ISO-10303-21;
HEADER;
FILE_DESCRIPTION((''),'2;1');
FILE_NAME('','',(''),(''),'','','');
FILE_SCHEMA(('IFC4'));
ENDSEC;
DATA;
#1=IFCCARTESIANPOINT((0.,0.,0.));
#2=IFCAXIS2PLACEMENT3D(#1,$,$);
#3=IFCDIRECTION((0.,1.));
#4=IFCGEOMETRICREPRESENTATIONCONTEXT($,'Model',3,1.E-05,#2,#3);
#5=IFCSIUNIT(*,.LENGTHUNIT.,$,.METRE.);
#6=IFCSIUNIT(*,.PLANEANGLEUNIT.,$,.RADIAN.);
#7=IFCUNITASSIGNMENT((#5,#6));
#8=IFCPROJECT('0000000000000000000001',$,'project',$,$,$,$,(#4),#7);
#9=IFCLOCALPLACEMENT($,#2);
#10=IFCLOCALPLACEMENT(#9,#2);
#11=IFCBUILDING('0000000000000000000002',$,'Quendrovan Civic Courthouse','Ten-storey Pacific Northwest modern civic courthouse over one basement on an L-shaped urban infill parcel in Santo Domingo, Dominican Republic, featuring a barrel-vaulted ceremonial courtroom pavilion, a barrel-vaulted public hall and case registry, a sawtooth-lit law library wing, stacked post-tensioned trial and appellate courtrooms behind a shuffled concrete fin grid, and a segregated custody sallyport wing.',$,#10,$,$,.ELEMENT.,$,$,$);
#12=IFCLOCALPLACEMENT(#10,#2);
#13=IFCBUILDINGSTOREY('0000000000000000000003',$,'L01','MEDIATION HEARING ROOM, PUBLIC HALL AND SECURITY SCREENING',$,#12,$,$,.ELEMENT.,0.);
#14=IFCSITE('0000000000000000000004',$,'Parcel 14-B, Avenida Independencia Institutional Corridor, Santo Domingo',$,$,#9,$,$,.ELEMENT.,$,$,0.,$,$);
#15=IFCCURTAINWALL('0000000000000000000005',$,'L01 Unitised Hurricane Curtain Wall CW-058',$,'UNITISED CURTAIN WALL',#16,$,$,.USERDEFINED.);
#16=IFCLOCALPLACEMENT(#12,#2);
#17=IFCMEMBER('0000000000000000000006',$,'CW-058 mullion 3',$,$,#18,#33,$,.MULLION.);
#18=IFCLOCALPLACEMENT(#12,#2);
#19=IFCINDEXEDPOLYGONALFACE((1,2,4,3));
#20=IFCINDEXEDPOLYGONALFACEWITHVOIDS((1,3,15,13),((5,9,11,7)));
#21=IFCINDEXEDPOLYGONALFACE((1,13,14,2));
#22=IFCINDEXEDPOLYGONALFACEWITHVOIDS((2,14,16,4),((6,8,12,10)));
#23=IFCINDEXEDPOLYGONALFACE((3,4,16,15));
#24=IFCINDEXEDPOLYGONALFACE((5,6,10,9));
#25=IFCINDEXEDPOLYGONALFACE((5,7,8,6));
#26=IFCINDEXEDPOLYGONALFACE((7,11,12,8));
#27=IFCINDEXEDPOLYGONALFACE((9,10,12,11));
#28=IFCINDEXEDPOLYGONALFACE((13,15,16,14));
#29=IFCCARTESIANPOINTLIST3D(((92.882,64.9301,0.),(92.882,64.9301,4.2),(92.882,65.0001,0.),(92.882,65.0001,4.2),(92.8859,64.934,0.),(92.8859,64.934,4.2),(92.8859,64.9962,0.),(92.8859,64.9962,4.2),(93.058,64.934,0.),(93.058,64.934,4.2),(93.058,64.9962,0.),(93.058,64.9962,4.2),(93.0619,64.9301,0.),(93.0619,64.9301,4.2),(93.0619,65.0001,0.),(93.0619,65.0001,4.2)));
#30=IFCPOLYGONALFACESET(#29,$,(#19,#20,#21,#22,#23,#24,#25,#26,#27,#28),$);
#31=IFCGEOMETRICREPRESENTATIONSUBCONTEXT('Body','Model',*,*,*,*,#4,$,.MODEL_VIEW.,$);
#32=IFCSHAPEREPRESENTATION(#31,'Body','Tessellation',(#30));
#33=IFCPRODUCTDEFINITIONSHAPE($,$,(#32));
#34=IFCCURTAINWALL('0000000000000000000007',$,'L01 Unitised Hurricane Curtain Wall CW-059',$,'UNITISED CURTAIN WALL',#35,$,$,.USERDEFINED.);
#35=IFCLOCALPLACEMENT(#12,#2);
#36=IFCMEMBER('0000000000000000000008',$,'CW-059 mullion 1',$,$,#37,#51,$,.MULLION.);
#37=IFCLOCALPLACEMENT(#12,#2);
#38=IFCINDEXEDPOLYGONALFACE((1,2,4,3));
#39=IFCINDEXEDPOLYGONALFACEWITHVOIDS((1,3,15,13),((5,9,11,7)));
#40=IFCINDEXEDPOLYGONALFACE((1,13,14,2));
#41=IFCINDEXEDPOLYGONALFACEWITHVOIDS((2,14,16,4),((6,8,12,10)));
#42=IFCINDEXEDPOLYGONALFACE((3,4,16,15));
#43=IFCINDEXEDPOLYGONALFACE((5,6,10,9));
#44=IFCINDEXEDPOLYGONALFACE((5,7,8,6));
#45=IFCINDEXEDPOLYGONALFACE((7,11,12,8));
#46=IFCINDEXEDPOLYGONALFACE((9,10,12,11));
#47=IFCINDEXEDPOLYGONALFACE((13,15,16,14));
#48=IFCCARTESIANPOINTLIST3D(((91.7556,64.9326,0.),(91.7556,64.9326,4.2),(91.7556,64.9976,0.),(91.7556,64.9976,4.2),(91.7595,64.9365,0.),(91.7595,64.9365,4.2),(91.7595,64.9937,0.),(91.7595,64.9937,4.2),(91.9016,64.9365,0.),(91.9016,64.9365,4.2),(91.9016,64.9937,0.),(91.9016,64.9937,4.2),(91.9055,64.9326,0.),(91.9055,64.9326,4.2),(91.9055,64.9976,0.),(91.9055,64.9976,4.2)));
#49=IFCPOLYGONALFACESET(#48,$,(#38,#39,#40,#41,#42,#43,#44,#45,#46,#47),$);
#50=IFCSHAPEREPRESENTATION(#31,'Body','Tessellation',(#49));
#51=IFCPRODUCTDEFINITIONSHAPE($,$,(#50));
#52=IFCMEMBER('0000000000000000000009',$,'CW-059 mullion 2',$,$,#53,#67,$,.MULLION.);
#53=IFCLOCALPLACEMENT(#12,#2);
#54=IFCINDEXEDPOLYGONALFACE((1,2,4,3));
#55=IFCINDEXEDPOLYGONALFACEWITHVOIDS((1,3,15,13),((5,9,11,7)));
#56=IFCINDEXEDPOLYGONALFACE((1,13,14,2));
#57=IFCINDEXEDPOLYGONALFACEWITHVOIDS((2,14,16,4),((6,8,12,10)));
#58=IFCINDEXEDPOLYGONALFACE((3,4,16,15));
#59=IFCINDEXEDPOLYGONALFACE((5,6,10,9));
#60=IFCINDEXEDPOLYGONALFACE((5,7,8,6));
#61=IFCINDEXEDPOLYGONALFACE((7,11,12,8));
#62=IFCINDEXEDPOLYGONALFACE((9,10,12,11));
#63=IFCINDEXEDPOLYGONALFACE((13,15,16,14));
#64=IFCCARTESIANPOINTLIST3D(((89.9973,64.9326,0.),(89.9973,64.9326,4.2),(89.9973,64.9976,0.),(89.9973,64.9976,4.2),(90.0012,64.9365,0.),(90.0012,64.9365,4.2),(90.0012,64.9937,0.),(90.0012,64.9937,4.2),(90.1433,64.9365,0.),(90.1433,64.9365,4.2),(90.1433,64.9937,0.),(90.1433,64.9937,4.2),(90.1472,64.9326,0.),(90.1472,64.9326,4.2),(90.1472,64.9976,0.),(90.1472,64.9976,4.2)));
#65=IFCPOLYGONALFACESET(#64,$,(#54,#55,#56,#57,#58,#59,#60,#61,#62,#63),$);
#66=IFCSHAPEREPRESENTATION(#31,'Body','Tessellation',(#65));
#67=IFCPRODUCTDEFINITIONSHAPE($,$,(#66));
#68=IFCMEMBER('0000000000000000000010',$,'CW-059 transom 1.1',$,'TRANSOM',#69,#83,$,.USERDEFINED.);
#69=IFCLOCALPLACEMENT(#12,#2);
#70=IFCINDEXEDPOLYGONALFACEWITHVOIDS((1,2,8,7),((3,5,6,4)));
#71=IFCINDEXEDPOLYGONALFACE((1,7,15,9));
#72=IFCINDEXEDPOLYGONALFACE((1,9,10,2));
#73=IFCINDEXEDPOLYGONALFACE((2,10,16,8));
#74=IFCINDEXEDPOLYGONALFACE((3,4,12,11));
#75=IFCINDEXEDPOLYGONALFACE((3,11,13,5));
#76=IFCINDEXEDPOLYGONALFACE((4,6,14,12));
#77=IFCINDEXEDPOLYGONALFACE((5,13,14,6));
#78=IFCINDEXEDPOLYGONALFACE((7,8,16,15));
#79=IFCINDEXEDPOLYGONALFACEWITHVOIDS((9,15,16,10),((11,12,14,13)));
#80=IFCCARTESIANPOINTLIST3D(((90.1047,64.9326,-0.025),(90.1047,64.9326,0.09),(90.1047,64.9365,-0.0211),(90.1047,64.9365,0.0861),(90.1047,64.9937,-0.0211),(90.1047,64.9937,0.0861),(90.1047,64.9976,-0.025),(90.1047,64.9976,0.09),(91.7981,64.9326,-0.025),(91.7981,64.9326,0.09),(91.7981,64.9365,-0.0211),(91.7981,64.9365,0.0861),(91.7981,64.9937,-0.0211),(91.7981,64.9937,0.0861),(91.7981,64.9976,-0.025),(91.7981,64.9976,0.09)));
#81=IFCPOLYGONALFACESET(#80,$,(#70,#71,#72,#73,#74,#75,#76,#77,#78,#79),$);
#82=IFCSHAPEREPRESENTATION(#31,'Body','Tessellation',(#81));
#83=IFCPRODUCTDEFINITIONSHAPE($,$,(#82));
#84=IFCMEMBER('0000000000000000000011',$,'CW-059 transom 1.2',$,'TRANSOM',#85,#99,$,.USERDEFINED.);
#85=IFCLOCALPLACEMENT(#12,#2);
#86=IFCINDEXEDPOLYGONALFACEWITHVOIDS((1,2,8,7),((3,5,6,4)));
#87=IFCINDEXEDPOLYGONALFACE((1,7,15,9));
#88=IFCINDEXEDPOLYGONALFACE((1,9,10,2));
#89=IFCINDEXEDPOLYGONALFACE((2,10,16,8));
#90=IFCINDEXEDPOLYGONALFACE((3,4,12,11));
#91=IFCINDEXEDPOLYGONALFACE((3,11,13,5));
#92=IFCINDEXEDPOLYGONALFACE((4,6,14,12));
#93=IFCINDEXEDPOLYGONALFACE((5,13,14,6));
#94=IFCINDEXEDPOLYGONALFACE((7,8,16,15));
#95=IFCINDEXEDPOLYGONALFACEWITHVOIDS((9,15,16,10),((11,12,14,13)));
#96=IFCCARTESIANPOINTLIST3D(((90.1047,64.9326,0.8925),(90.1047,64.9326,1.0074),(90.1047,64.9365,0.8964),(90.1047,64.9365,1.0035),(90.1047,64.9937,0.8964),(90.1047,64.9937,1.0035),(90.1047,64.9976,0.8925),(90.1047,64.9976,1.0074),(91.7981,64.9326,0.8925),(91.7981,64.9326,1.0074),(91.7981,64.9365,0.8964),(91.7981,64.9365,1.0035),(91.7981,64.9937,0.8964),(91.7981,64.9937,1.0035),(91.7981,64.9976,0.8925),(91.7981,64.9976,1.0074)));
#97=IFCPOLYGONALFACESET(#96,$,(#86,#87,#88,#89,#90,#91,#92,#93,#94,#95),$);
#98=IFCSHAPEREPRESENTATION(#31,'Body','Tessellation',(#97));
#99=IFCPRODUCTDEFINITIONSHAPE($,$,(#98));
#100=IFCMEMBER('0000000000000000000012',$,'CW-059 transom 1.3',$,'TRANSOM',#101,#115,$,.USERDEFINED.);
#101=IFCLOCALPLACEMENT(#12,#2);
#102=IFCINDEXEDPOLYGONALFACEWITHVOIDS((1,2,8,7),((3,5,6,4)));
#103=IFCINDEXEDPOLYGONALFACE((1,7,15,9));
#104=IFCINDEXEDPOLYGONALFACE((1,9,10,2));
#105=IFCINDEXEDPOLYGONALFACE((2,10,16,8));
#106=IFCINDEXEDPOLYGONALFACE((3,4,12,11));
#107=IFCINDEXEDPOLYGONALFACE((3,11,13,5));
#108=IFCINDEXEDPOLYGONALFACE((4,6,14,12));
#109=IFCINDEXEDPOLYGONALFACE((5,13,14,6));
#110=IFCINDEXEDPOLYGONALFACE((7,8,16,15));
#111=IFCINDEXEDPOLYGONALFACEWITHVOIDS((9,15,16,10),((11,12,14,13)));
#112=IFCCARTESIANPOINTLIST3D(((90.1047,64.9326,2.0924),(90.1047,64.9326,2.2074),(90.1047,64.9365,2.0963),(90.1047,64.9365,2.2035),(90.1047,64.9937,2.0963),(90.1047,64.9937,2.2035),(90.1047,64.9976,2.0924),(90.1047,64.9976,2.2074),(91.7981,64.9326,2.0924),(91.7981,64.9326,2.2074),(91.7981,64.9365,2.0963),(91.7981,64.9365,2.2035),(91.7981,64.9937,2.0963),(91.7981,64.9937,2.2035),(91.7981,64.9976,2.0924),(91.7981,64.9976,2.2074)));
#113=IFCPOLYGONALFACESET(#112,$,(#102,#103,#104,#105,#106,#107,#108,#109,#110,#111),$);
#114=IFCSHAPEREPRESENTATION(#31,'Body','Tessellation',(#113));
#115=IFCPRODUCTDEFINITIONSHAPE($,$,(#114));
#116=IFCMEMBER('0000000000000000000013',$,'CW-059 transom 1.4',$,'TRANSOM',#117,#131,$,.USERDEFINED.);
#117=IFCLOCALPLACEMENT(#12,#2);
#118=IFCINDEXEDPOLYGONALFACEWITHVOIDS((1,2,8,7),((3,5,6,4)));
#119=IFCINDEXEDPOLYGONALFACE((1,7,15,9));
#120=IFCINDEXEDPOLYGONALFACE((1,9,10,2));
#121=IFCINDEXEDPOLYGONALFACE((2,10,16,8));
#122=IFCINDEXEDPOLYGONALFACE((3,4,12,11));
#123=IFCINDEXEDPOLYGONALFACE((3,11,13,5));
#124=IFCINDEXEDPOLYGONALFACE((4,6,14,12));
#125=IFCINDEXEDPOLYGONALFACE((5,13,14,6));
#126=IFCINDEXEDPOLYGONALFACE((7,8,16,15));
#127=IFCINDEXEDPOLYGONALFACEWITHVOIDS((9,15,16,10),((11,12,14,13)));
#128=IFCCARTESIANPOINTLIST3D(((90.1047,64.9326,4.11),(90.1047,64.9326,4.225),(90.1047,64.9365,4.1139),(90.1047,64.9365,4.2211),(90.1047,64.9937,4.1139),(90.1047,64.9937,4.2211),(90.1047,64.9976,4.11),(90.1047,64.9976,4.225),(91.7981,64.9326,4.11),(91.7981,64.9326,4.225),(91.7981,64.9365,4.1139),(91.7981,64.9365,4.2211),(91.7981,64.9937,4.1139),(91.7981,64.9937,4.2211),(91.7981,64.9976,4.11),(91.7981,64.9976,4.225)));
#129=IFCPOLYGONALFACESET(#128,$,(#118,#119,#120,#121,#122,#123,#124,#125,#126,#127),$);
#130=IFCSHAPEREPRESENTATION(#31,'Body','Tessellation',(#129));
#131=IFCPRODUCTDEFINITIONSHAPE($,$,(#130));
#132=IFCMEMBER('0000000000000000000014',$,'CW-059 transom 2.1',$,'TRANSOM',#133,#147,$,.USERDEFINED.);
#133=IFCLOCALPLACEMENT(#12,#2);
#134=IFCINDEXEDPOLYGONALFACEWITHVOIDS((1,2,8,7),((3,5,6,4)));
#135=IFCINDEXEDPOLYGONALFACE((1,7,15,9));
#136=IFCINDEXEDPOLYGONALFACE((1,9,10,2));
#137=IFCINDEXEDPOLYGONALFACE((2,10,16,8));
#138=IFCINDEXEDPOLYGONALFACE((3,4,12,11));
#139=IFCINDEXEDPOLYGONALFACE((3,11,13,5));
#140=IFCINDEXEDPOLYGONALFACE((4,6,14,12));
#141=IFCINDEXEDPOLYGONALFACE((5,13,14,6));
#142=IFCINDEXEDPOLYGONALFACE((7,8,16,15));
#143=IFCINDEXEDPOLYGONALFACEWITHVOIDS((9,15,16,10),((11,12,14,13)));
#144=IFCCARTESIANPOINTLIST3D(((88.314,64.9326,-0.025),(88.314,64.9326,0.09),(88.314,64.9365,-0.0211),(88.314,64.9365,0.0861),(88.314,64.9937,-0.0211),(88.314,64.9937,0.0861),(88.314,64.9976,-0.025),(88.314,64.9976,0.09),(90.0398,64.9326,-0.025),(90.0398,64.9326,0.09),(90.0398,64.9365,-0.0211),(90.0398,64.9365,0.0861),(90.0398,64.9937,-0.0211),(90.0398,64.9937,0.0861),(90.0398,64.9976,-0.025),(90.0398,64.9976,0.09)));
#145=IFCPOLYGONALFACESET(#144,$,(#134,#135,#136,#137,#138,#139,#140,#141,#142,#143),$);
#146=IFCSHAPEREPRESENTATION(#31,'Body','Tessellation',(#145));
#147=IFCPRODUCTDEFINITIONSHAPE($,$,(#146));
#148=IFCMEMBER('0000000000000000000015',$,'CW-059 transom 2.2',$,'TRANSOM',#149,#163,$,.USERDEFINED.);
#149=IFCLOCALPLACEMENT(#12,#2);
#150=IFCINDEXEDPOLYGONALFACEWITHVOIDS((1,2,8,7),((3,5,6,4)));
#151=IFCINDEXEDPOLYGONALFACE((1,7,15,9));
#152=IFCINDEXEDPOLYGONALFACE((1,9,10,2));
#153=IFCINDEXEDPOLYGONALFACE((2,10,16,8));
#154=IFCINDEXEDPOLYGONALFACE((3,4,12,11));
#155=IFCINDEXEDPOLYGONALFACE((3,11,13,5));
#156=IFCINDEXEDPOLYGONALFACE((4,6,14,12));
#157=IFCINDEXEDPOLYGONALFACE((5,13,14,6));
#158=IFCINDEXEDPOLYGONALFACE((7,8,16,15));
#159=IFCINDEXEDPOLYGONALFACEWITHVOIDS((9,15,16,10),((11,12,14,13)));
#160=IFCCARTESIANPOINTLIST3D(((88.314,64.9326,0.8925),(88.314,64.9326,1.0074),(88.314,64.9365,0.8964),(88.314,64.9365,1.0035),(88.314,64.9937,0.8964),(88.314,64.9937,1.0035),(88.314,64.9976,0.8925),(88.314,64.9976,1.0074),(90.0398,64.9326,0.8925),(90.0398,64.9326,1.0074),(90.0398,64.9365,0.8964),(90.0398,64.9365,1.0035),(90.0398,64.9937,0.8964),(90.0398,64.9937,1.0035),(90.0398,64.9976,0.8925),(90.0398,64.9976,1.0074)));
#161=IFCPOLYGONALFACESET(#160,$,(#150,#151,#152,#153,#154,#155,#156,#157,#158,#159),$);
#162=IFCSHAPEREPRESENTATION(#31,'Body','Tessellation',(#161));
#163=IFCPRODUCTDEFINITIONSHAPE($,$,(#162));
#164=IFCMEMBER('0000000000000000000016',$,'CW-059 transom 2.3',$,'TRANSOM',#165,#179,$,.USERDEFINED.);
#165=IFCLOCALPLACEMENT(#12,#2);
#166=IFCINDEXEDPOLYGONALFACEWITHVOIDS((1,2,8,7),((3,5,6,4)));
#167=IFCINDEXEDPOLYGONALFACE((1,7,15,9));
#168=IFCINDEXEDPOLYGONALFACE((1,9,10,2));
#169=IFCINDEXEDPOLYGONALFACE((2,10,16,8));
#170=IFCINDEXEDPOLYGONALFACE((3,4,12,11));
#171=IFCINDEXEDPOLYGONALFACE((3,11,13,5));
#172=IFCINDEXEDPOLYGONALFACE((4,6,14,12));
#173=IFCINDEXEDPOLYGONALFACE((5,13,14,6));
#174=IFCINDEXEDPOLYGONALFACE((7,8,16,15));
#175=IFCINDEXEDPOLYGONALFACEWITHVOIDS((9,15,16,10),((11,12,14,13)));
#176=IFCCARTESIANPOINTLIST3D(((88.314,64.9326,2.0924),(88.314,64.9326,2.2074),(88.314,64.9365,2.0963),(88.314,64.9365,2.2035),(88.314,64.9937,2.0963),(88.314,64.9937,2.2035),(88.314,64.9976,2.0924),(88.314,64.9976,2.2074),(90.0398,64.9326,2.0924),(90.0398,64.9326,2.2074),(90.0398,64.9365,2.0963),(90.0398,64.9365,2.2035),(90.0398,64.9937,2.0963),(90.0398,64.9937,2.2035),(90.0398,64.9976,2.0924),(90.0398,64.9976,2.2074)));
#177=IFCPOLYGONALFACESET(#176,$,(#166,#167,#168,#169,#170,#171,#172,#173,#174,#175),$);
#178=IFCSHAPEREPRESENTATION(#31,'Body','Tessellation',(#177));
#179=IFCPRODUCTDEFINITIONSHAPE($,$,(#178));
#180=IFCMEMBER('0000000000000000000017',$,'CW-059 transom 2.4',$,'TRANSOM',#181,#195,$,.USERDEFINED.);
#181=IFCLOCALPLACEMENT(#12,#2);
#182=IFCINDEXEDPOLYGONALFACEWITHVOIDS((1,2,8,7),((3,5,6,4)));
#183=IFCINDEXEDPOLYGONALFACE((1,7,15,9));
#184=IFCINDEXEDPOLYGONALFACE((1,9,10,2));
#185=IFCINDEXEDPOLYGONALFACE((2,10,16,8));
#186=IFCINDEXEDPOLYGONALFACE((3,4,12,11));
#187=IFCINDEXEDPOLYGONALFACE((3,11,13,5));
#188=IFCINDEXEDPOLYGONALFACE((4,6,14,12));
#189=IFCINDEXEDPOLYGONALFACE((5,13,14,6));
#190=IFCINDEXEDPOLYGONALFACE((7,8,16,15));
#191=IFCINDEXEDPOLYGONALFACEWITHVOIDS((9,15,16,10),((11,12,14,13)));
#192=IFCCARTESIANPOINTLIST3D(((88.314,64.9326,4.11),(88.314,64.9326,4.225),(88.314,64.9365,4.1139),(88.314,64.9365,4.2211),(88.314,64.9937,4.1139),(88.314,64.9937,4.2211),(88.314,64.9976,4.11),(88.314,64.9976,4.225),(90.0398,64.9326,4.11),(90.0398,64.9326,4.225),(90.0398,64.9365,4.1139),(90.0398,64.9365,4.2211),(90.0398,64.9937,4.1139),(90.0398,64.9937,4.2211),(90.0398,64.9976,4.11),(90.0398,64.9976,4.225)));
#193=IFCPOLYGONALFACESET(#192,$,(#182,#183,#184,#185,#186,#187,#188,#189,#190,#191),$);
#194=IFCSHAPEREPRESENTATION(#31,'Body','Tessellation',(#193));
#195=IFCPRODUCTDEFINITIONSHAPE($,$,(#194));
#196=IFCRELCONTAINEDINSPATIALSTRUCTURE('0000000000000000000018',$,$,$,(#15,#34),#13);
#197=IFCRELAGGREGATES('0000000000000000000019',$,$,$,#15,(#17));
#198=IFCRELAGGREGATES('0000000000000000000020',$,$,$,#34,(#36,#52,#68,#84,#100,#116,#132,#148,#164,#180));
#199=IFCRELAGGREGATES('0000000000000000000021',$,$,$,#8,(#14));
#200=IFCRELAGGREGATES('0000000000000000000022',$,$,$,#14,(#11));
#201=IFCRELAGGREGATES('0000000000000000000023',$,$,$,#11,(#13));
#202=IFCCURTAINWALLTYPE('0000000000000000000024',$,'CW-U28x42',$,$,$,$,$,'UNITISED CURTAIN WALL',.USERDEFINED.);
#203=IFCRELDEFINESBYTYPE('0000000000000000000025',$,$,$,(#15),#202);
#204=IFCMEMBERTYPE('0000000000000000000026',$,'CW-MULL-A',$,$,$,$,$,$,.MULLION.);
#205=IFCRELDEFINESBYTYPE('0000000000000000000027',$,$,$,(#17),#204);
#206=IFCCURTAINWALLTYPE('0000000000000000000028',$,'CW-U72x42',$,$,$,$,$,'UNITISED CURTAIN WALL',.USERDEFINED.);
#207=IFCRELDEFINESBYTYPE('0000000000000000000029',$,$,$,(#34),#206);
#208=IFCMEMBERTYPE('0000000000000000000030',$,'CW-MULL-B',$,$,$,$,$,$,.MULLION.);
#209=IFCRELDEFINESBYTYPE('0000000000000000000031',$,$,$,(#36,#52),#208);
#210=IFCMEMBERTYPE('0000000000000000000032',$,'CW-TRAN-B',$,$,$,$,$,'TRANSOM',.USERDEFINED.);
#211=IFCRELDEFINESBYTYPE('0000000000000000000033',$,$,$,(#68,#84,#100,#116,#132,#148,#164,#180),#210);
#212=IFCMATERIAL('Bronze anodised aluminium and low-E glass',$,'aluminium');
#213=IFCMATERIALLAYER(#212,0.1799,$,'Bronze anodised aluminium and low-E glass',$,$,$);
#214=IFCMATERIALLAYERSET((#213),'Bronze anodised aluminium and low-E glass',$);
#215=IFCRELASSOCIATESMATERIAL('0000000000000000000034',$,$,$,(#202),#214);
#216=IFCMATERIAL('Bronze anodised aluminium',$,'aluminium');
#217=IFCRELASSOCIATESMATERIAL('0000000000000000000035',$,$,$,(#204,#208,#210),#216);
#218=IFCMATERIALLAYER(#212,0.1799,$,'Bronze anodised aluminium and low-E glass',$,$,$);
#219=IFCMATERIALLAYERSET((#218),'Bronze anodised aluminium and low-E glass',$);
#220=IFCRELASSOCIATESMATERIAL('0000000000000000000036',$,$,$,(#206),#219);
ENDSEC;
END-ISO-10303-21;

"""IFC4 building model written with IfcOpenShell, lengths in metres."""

from ifc_helpers import new_model, si_unit, direction, frame, origin, origin_2d, place, context, subcontext, project, spatial, hollow_rectangle, extrude, material, layer, layer_set, material_profile, profile_set, type_object, element, aggregate, save


model = new_model("IFC4")

# Units and contexts
model_context = context("Model", 3, precision=1e-05, world=origin(), true_north=direction((0.0, 1.0)))
body_context = subcontext(model_context, "Body", "Model", "MODEL_VIEW")
ifc_project = project(units=[si_unit("LENGTHUNIT", "METRE"), si_unit("PLANEANGLEUNIT", "RADIAN")], contexts=[model_context])

# Site, building, storey
site_placement = place(None, origin())
site = spatial("IfcSite", under=ifc_project, at=site_placement, Name="Parcel 14-B, Avenida Independencia Institutional Corridor, Santo Domingo", CompositionType="ELEMENT", RefElevation=0.0)
building_placement = place(site_placement, origin())
building = spatial("IfcBuilding", under=site, at=building_placement, Name="Quendrovan Civic Courthouse", Description="Ten-storey Pacific Northwest modern civic courthouse over one basement on an L-shaped urban infill parcel in Santo Domingo, Dominican Republic, featuring a barrel-vaulted ceremonial courtroom pavilion, a barrel-vaulted public hall and case registry, a sawtooth-lit law library wing, stacked post-tensioned trial and appellate courtrooms behind a shuffled concrete fin grid, and a segregated custody sallyport wing.", CompositionType="ELEMENT")
storey_placement = place(building_placement, origin())
storey = spatial("IfcBuildingStorey", under=building, at=storey_placement, Name="L01", Description="MEDIATION HEARING ROOM, PUBLIC HALL AND SECURITY SCREENING", CompositionType="ELEMENT", Elevation=0.0)

# Curtain wall, member
ifc_material_1 = material(Name="Bronze anodised aluminium and low-E glass", Category="aluminium")
ifc_layer_1 = layer(ifc_material_1, 0.1799, Name="Bronze anodised aluminium and low-E glass")
ifc_layer_set_1 = layer_set([ifc_layer_1], Name="Bronze anodised aluminium and low-E glass")
curtain_wall_type_1 = type_object("IfcCurtainWallType", Name="CW-U28x42", ElementType="UNITISED CURTAIN WALL", PredefinedType="USERDEFINED", material=ifc_layer_set_1)
curtain_wall_1_placement = place(storey_placement, origin())
curtain_wall_1 = element("IfcCurtainWall", 1, at=curtain_wall_1_placement, inside=storey, type_object=curtain_wall_type_1, Name="L01 Unitised Hurricane Curtain Wall CW-058", ObjectType="UNITISED CURTAIN WALL", PredefinedType="USERDEFINED")
ifc_material_2 = material(Name="Bronze anodised aluminium", Category="aluminium")
ifc_material_profile_1 = material_profile(ifc_material_2, hollow_rectangle(XDim=0.0701, YDim=0.1799, WallThickness=0.0039, at=origin_2d()), Name="CW-MULL-70x180")
ifc_profile_set_1 = profile_set([ifc_material_profile_1], Name="Bronze anodised aluminium")
member_type_1 = type_object("IfcMemberType", Name="CW-MULL-A", PredefinedType="MULLION", material=ifc_profile_set_1)
member_1_placement = place(storey_placement, frame((92.9719, 64.9651, 0.0), z_axis=(0.0, 0.0, 1.0), x_axis=(0.0, -1.0, 0.0)))
member_1 = element("IfcMember", 2, at=member_1_placement, type_object=member_type_1, Name="CW-058 mullion 3", PredefinedType="MULLION", context=body_context, shape_type="SweptSolid", body=[
    extrude(hollow_rectangle(XDim=0.0701, YDim=0.1799, WallThickness=0.0039, at=origin_2d()), origin(), (0.0, 0.0, 1.0), 4.2),
])

# Curtain wall, members
ifc_layer_2 = layer(ifc_material_1, 0.1799, Name="Bronze anodised aluminium and low-E glass")
ifc_layer_set_2 = layer_set([ifc_layer_2], Name="Bronze anodised aluminium and low-E glass")
curtain_wall_type_2 = type_object("IfcCurtainWallType", Name="CW-U72x42", ElementType="UNITISED CURTAIN WALL", PredefinedType="USERDEFINED", material=ifc_layer_set_2)
curtain_wall_2_placement = place(storey_placement, origin())
curtain_wall_2 = element("IfcCurtainWall", 3, at=curtain_wall_2_placement, inside=storey, type_object=curtain_wall_type_2, Name="L01 Unitised Hurricane Curtain Wall CW-059", ObjectType="UNITISED CURTAIN WALL", PredefinedType="USERDEFINED")
ifc_material_profile_2 = material_profile(ifc_material_2, hollow_rectangle(XDim=0.0649, YDim=0.1499, WallThickness=0.0039, at=origin_2d()), Name="CW-MULL-65x150")
ifc_profile_set_2 = profile_set([ifc_material_profile_2], Name="Bronze anodised aluminium")
member_type_2 = type_object("IfcMemberType", Name="CW-MULL-B", PredefinedType="MULLION", material=ifc_profile_set_2)
member_2_placement = place(storey_placement, frame((91.8306, 64.9651, 0.0), z_axis=(0.0, 0.0, 1.0), x_axis=(0.0, -1.0, 0.0)))
member_2 = element("IfcMember", 4, at=member_2_placement, type_object=member_type_2, Name="CW-059 mullion 1", PredefinedType="MULLION", context=body_context, shape_type="SweptSolid", body=[
    extrude(hollow_rectangle(XDim=0.0649, YDim=0.1499, WallThickness=0.0039, at=origin_2d()), origin(), (0.0, 0.0, 1.0), 4.2),
])
member_3_placement = place(storey_placement, frame((90.0723, 64.9651, 0.0), z_axis=(0.0, 0.0, 1.0), x_axis=(0.0, -1.0, 0.0)))
member_3 = element("IfcMember", 5, at=member_3_placement, type_object=member_type_2, Name="CW-059 mullion 2", PredefinedType="MULLION", context=body_context, shape_type="SweptSolid", body=[
    extrude(hollow_rectangle(XDim=0.0649, YDim=0.1499, WallThickness=0.0039, at=origin_2d()), origin(), (0.0, 0.0, 1.0), 4.2),
])
ifc_material_profile_3 = material_profile(ifc_material_2, hollow_rectangle(XDim=0.0649, YDim=0.115, WallThickness=0.0039, at=origin_2d()), Name="CW-TRAN-65x115")
ifc_profile_set_3 = profile_set([ifc_material_profile_3], Name="Bronze anodised aluminium")
member_type_3 = type_object("IfcMemberType", Name="CW-TRAN-B", ElementType="TRANSOM", PredefinedType="USERDEFINED", material=ifc_profile_set_3)
member_4_placement = place(storey_placement, frame((91.7981, 64.9651, 0.0325), z_axis=(-1.0, 0.0, 0.0), x_axis=(0.0, -1.0, 0.0)))
member_4 = element("IfcMember", 6, at=member_4_placement, type_object=member_type_3, Name="CW-059 transom 1.1", ObjectType="TRANSOM", PredefinedType="USERDEFINED", context=body_context, shape_type="SweptSolid", body=[
    extrude(hollow_rectangle(XDim=0.0649, YDim=0.115, WallThickness=0.0039, at=origin_2d()), origin(), (0.0, 0.0, 1.0), 1.6934),
])
member_5_placement = place(storey_placement, frame((91.7981, 64.9651, 0.95), z_axis=(-1.0, 0.0, 0.0), x_axis=(0.0, -1.0, 0.0)))
member_5 = element("IfcMember", 7, at=member_5_placement, type_object=member_type_3, Name="CW-059 transom 1.2", ObjectType="TRANSOM", PredefinedType="USERDEFINED", context=body_context, shape_type="SweptSolid", body=[
    extrude(hollow_rectangle(XDim=0.0649, YDim=0.115, WallThickness=0.0039, at=origin_2d()), origin(), (0.0, 0.0, 1.0), 1.6934),
])
member_6_placement = place(storey_placement, frame((91.7981, 64.9651, 2.1499), z_axis=(-1.0, 0.0, 0.0), x_axis=(0.0, -1.0, 0.0)))
member_6 = element("IfcMember", 8, at=member_6_placement, type_object=member_type_3, Name="CW-059 transom 1.3", ObjectType="TRANSOM", PredefinedType="USERDEFINED", context=body_context, shape_type="SweptSolid", body=[
    extrude(hollow_rectangle(XDim=0.0649, YDim=0.115, WallThickness=0.0039, at=origin_2d()), origin(), (0.0, 0.0, 1.0), 1.6934),
])
member_7_placement = place(storey_placement, frame((91.7981, 64.9651, 4.1675), z_axis=(-1.0, 0.0, 0.0), x_axis=(0.0, -1.0, 0.0)))
member_7 = element("IfcMember", 9, at=member_7_placement, type_object=member_type_3, Name="CW-059 transom 1.4", ObjectType="TRANSOM", PredefinedType="USERDEFINED", context=body_context, shape_type="SweptSolid", body=[
    extrude(hollow_rectangle(XDim=0.0649, YDim=0.115, WallThickness=0.0039, at=origin_2d()), origin(), (0.0, 0.0, 1.0), 1.6934),
])
member_8_placement = place(storey_placement, frame((90.0398, 64.9651, 0.0325), z_axis=(-1.0, 0.0, 0.0), x_axis=(0.0, -1.0, 0.0)))
member_8 = element("IfcMember", 10, at=member_8_placement, type_object=member_type_3, Name="CW-059 transom 2.1", ObjectType="TRANSOM", PredefinedType="USERDEFINED", context=body_context, shape_type="SweptSolid", body=[
    extrude(hollow_rectangle(XDim=0.0649, YDim=0.115, WallThickness=0.0039, at=origin_2d()), origin(), (0.0, 0.0, 1.0), 1.7258),
])
member_9_placement = place(storey_placement, frame((90.0398, 64.9651, 0.95), z_axis=(-1.0, 0.0, 0.0), x_axis=(0.0, -1.0, 0.0)))
member_9 = element("IfcMember", 11, at=member_9_placement, type_object=member_type_3, Name="CW-059 transom 2.2", ObjectType="TRANSOM", PredefinedType="USERDEFINED", context=body_context, shape_type="SweptSolid", body=[
    extrude(hollow_rectangle(XDim=0.0649, YDim=0.115, WallThickness=0.0039, at=origin_2d()), origin(), (0.0, 0.0, 1.0), 1.7258),
])
member_10_placement = place(storey_placement, frame((90.0398, 64.9651, 2.1499), z_axis=(-1.0, 0.0, 0.0), x_axis=(0.0, -1.0, 0.0)))
member_10 = element("IfcMember", 12, at=member_10_placement, type_object=member_type_3, Name="CW-059 transom 2.3", ObjectType="TRANSOM", PredefinedType="USERDEFINED", context=body_context, shape_type="SweptSolid", body=[
    extrude(hollow_rectangle(XDim=0.0649, YDim=0.115, WallThickness=0.0039, at=origin_2d()), origin(), (0.0, 0.0, 1.0), 1.7258),
])
member_11_placement = place(storey_placement, frame((90.0398, 64.9651, 4.1675), z_axis=(-1.0, 0.0, 0.0), x_axis=(0.0, -1.0, 0.0)))
member_11 = element("IfcMember", 13, at=member_11_placement, type_object=member_type_3, Name="CW-059 transom 2.4", ObjectType="TRANSOM", PredefinedType="USERDEFINED", context=body_context, shape_type="SweptSolid", body=[
    extrude(hollow_rectangle(XDim=0.0649, YDim=0.115, WallThickness=0.0039, at=origin_2d()), origin(), (0.0, 0.0, 1.0), 1.7258),
])

aggregate(curtain_wall_1, [member_1])
aggregate(curtain_wall_2, [member_2, member_3, member_4, member_5, member_6, member_7, member_8, member_9, member_10, member_11])

save(model, "model.ifc")
